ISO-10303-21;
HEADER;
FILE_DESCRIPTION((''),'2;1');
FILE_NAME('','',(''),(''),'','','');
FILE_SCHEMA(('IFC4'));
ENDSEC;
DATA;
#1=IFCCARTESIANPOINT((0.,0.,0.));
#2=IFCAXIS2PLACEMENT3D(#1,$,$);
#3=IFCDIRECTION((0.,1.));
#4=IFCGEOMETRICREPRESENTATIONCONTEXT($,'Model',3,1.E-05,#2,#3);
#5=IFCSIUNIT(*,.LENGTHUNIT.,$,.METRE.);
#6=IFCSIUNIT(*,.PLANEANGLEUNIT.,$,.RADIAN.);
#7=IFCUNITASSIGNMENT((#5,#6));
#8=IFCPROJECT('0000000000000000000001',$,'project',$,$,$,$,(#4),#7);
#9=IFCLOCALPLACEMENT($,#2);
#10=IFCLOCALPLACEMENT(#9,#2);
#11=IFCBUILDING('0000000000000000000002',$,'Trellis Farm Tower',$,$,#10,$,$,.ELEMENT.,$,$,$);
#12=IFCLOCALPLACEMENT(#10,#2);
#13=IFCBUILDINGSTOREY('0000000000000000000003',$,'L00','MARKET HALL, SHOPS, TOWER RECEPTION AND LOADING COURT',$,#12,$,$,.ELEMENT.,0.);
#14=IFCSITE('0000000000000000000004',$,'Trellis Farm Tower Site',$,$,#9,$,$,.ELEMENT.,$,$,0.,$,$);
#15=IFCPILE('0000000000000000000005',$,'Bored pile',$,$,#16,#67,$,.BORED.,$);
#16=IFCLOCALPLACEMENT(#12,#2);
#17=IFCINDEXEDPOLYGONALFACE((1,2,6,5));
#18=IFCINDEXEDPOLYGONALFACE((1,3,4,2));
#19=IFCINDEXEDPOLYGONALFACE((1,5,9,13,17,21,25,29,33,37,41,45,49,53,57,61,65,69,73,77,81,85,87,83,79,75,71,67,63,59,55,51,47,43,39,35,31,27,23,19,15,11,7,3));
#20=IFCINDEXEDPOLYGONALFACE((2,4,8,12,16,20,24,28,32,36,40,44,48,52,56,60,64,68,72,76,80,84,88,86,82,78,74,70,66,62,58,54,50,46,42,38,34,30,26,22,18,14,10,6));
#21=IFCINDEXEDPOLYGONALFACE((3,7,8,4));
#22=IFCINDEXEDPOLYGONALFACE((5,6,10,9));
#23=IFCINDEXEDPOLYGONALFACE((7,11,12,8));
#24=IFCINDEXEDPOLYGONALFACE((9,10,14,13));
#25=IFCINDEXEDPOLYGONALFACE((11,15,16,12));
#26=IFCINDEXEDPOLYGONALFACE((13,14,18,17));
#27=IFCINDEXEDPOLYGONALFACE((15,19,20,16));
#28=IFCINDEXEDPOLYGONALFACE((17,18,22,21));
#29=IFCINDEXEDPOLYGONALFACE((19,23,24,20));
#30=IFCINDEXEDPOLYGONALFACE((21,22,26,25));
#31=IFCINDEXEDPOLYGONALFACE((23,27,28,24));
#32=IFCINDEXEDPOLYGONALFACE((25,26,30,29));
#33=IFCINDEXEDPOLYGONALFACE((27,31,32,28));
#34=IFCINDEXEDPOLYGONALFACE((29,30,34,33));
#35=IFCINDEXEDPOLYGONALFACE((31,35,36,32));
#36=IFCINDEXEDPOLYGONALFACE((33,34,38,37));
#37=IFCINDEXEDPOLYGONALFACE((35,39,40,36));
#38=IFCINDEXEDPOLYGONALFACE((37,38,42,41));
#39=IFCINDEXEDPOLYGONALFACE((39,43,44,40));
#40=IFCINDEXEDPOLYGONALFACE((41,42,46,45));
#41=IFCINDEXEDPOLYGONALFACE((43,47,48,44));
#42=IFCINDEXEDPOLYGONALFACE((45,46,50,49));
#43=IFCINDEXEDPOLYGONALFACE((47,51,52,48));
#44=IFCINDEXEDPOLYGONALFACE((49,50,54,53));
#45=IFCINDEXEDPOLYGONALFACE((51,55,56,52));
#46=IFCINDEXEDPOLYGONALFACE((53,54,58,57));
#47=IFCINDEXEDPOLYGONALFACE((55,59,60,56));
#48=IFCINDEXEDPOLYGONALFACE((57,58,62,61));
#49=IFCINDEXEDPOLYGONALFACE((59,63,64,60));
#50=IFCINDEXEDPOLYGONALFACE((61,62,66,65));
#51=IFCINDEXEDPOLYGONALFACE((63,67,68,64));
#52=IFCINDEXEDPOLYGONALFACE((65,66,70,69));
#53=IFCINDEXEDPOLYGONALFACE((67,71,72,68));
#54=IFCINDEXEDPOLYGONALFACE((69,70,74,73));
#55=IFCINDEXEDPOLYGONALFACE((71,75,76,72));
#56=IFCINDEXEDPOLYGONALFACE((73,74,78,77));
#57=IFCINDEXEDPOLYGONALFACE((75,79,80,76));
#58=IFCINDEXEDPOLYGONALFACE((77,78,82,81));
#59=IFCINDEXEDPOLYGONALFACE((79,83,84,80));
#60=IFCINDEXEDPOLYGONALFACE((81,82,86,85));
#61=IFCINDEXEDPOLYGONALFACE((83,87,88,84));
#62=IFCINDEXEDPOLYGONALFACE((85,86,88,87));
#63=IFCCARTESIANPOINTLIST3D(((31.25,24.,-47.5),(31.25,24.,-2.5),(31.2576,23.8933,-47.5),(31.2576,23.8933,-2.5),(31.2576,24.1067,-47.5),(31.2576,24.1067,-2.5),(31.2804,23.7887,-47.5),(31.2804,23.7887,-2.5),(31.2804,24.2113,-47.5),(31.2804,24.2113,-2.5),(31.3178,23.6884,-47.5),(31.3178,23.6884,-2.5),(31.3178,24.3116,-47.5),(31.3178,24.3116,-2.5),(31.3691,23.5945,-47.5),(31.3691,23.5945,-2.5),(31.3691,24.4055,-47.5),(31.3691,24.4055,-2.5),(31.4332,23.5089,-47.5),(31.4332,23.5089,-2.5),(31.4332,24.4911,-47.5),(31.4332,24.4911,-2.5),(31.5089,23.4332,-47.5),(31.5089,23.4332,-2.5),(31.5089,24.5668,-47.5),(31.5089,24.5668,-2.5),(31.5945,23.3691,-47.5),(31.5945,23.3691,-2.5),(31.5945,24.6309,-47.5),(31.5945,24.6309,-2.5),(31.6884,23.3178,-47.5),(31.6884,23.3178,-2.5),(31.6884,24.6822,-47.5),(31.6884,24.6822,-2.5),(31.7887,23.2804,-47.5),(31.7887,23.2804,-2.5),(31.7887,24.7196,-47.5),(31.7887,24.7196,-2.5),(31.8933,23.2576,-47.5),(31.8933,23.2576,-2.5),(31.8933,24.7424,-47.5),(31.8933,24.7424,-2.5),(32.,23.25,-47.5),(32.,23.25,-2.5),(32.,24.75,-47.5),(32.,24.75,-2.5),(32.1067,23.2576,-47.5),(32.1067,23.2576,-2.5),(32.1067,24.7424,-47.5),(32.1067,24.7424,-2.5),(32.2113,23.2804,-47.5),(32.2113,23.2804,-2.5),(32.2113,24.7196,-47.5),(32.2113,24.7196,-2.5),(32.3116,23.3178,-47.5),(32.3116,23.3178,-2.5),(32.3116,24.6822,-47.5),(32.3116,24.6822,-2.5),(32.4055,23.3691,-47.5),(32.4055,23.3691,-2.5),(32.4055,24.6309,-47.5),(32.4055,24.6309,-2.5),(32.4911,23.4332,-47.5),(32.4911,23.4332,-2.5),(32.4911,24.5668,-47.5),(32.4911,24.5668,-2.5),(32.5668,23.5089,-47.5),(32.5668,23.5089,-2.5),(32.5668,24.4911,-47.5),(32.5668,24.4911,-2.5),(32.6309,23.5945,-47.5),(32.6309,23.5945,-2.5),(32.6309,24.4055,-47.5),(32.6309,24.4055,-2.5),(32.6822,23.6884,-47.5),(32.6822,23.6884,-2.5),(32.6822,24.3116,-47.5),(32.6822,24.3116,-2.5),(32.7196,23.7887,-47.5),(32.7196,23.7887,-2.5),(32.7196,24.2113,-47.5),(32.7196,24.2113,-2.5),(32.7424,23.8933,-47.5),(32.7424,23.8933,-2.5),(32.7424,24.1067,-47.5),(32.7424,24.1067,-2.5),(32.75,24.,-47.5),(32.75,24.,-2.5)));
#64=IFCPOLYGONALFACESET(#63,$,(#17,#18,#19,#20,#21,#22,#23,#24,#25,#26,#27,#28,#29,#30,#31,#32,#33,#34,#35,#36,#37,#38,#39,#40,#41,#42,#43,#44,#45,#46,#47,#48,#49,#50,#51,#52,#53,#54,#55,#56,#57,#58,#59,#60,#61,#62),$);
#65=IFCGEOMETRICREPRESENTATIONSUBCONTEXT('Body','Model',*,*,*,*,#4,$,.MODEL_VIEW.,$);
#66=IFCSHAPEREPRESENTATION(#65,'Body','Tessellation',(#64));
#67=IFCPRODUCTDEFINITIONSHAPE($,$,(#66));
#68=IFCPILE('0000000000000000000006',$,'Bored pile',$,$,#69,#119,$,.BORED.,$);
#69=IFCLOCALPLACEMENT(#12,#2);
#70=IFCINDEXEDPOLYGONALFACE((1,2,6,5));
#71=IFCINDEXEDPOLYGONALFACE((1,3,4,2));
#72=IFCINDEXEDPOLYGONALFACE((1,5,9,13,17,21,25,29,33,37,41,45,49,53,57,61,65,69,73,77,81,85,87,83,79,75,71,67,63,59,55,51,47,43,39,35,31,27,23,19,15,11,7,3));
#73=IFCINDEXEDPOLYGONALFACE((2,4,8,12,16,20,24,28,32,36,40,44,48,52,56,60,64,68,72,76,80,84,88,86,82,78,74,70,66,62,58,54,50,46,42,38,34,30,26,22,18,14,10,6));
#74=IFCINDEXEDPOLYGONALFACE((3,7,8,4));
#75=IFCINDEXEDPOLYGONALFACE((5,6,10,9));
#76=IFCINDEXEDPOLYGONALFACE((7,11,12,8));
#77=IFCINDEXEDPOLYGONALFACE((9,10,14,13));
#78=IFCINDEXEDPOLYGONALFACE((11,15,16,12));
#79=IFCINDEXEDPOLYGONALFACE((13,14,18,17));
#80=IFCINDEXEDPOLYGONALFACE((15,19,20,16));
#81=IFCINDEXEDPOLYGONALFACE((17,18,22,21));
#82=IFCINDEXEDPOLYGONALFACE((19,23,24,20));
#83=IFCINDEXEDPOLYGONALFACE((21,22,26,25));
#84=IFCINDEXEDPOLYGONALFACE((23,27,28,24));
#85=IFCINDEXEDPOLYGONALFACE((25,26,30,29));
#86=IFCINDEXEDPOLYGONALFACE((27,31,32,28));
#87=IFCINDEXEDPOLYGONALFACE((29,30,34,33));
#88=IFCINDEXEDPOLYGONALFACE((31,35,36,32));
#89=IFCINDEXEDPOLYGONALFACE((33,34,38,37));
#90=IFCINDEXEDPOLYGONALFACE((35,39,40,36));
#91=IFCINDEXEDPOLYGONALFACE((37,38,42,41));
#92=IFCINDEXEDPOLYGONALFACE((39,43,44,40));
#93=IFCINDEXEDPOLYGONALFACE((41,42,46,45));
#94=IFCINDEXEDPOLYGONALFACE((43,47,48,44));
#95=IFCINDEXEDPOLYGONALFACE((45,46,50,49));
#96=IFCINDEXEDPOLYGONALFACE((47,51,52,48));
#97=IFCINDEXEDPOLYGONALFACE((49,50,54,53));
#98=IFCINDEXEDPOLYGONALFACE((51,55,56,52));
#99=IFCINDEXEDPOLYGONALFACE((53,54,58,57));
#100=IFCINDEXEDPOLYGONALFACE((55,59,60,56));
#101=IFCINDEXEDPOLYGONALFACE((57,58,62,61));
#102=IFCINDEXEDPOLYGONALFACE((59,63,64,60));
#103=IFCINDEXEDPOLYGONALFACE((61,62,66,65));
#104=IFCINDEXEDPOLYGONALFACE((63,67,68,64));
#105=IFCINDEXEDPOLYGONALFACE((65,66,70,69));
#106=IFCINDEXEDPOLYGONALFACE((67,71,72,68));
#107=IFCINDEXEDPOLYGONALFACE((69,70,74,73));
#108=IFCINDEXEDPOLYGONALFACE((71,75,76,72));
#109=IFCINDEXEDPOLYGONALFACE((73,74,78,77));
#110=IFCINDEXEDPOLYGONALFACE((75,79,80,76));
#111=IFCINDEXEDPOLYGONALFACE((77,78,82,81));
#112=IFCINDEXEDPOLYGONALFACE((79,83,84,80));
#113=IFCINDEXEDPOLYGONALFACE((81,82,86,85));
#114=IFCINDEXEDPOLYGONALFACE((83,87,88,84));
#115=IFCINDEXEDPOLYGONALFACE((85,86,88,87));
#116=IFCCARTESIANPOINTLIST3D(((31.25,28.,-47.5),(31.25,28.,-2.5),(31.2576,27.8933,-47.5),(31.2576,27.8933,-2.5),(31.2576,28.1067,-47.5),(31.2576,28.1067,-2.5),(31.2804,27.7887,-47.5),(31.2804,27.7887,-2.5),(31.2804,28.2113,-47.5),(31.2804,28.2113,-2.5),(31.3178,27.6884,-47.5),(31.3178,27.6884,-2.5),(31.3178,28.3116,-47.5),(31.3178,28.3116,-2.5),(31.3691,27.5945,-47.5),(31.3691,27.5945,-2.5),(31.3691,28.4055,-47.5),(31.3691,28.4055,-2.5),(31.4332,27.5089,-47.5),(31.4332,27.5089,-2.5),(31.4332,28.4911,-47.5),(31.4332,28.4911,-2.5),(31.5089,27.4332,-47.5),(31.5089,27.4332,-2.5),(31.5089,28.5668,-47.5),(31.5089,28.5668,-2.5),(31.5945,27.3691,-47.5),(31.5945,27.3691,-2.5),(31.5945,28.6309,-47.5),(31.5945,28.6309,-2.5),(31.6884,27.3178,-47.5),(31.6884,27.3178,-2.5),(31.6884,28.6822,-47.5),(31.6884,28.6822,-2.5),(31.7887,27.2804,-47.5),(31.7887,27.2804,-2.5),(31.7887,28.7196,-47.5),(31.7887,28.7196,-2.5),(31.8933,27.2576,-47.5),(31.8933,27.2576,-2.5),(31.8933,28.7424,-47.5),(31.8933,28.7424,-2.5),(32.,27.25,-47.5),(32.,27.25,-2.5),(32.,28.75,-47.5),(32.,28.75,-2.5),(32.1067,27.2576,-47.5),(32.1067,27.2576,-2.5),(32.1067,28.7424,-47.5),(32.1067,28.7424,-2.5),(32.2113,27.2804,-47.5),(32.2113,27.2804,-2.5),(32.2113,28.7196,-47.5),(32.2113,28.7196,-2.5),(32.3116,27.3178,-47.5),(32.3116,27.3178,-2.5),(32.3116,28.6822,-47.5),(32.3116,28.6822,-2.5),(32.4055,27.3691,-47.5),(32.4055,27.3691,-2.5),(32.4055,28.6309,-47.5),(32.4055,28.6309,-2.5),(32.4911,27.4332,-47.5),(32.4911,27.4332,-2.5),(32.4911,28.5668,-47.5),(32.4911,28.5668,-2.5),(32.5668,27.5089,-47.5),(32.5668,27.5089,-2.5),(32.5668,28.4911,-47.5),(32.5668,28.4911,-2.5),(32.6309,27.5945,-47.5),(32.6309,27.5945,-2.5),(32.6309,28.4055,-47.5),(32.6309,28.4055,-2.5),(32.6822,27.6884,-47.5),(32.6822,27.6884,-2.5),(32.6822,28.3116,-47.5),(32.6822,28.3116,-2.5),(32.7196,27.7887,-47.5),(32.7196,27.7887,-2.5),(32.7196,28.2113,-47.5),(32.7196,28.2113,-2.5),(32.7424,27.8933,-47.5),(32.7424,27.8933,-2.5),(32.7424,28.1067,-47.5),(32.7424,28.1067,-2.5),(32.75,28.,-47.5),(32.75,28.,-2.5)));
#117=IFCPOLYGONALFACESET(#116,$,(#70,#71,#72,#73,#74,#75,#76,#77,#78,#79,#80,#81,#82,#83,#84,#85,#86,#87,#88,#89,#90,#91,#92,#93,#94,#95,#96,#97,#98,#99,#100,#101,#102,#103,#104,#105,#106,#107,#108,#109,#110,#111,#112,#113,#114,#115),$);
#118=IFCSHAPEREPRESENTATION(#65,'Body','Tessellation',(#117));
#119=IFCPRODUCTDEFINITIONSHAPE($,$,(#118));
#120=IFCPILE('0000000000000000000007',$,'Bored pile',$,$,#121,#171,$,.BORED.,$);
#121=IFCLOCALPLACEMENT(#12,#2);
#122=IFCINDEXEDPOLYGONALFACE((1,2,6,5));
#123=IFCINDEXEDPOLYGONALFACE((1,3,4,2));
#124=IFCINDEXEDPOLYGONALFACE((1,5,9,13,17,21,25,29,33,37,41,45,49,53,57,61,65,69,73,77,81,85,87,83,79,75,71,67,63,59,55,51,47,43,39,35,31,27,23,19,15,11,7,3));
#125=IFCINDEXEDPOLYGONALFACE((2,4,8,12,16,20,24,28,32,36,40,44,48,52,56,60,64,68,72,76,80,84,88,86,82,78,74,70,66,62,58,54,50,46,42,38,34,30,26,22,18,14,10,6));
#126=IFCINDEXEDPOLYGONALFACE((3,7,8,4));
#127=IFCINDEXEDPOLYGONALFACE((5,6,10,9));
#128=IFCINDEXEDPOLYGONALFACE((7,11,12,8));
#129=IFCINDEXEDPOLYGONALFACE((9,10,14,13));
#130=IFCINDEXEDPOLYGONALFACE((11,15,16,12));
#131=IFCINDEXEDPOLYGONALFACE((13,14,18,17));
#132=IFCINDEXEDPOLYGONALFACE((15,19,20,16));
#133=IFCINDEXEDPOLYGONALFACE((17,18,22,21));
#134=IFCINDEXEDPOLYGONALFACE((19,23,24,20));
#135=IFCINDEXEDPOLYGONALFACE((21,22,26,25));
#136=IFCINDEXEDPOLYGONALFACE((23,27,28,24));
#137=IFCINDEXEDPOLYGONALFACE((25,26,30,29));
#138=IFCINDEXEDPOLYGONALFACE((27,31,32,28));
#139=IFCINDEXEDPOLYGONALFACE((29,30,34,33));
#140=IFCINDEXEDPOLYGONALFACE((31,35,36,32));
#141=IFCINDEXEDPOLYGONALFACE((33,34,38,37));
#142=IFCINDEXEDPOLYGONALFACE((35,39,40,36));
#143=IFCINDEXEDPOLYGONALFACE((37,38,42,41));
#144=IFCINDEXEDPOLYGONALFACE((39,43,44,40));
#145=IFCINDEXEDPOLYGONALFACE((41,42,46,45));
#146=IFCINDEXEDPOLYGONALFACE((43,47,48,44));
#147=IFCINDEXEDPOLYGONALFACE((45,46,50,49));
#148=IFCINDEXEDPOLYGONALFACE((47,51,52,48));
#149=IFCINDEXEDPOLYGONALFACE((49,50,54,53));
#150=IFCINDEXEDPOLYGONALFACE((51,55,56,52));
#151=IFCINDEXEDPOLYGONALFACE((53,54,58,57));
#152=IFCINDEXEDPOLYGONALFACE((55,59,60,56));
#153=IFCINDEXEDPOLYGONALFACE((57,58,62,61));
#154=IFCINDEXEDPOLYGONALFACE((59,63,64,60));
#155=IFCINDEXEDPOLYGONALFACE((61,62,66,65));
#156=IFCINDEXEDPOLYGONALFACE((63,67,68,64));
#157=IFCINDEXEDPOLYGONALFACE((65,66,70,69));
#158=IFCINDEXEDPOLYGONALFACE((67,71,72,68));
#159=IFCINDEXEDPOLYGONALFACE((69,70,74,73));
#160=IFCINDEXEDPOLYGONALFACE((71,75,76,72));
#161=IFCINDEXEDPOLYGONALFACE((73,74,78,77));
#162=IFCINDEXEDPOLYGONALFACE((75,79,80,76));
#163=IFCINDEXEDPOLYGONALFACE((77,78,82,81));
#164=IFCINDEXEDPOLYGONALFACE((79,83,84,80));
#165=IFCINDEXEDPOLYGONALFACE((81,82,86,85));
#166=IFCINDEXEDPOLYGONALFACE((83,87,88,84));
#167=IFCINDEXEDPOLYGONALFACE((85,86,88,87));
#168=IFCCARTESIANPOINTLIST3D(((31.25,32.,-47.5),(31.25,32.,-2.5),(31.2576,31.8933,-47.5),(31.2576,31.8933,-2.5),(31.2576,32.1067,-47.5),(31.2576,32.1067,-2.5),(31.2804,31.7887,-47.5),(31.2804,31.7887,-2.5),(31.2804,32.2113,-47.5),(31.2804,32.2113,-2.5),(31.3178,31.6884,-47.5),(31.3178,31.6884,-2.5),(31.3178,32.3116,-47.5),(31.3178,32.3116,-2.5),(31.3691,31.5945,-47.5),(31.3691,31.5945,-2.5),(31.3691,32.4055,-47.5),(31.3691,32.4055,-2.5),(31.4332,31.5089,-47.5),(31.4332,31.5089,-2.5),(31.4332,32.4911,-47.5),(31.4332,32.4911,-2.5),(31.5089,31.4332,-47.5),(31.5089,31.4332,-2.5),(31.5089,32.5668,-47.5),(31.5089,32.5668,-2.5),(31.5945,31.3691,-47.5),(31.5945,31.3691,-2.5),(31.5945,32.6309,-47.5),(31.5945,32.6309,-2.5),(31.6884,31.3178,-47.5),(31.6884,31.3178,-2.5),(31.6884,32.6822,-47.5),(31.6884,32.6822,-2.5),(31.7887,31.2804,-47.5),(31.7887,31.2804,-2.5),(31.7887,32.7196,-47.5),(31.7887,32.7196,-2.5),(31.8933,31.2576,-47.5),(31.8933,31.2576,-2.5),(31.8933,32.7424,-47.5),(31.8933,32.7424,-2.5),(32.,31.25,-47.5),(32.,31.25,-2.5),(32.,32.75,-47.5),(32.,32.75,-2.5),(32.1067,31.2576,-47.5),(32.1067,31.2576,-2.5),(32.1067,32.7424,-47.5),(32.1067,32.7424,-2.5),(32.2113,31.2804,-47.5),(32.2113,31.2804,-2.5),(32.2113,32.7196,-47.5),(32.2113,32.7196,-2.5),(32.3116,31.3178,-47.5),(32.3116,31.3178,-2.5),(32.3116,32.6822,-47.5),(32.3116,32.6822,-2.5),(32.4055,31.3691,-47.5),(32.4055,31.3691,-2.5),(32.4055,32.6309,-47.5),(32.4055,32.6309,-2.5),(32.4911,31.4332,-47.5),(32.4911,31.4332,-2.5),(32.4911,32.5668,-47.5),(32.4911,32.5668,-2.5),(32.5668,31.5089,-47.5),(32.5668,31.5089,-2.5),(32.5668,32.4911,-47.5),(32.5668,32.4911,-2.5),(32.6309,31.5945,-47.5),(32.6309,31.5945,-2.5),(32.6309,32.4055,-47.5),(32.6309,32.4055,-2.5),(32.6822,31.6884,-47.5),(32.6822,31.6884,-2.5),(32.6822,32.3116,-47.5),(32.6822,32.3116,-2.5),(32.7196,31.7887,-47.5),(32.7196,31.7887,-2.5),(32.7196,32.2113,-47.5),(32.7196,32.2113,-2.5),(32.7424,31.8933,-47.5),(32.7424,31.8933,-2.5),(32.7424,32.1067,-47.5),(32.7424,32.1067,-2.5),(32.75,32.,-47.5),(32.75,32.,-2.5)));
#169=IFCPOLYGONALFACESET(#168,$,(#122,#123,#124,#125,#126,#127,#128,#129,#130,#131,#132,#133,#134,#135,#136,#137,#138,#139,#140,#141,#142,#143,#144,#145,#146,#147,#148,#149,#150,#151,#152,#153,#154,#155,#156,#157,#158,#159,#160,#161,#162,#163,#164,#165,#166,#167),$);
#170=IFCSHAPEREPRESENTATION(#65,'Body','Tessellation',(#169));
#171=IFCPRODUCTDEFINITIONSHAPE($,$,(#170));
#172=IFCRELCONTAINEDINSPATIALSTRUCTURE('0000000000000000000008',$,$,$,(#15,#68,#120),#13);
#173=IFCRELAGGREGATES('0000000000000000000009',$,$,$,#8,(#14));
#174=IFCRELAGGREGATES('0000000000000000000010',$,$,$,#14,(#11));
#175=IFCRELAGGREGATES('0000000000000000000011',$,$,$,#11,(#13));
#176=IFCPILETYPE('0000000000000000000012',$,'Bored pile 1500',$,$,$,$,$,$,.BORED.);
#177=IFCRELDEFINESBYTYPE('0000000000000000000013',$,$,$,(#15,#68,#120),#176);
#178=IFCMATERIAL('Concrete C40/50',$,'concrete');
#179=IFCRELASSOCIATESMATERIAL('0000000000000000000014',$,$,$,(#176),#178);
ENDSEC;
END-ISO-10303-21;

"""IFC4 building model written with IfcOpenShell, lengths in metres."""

from ifc_helpers import new_model, si_unit, direction, frame, origin, origin_2d, place, context, subcontext, project, spatial, circle, extrude, source, transform, mapped, material, material_profile, profile_set, type_object, element, save


model = new_model("IFC4")

# Units and contexts
model_context = context("Model", 3, precision=1e-05, world=origin(), true_north=direction((0.0, 1.0)))
body_context = subcontext(model_context, "Body", "Model", "MODEL_VIEW")
ifc_project = project(units=[si_unit("LENGTHUNIT", "METRE"), si_unit("PLANEANGLEUNIT", "RADIAN")], contexts=[model_context])

# Site, building, storey
site_placement = place(None, origin())
site = spatial("IfcSite", under=ifc_project, at=site_placement, Name="Trellis Farm Tower Site", CompositionType="ELEMENT", RefElevation=0.0)
building_placement = place(site_placement, origin())
building = spatial("IfcBuilding", under=site, at=building_placement, Name="Trellis Farm Tower", CompositionType="ELEMENT")
storey_placement = place(building_placement, origin())
storey = spatial("IfcBuildingStorey", under=building, at=storey_placement, Name="L00", Description="MARKET HALL, SHOPS, TOWER RECEPTION AND LOADING COURT", CompositionType="ELEMENT", Elevation=0.0)

# Piles
ifc_material_1 = material(Name="Concrete C40/50", Category="concrete")
ifc_material_profile_1 = material_profile(ifc_material_1, circle(Radius=0.75, at=origin_2d()), Name="Bored pile 1500")
ifc_profile_set_1 = profile_set([ifc_material_profile_1], Name="Concrete C40/50")
pile_type = type_object("IfcPileType", Name="Bored pile 1500", PredefinedType="BORED", material=ifc_profile_set_1)
shared_shape_1 = source(origin(), body_context, "Body", "SweptSolid", [
    extrude(circle(Radius=0.75, at=origin_2d()), origin(), (0.0, 0.0, 1.0), 45.0),
])
for number, where, z_axis, x_axis, name in (
    (1, (32.0, 24.0, -2.5), (0.0, 0.0, -1.0), (1.0, 0.0, 0.0), "Bored pile"),
    (2, (32.0, 28.0, -2.5), (0.0, 0.0, -1.0), (1.0, 0.0, 0.0), "Bored pile"),
    (3, (32.0, 32.0, -2.5), (0.0, 0.0, -1.0), (1.0, 0.0, 0.0), "Bored pile"),
):
    element("IfcPile", number, at=place(storey_placement, frame(where, z_axis=z_axis, x_axis=x_axis)), inside=storey, type_object=pile_type, Name=name, PredefinedType="BORED", context=body_context, shape_type="MappedRepresentation", body=[
        mapped(shared_shape_1, transform((0.0, 0.0, 0.0))),
    ])

save(model, "model.ifc")
